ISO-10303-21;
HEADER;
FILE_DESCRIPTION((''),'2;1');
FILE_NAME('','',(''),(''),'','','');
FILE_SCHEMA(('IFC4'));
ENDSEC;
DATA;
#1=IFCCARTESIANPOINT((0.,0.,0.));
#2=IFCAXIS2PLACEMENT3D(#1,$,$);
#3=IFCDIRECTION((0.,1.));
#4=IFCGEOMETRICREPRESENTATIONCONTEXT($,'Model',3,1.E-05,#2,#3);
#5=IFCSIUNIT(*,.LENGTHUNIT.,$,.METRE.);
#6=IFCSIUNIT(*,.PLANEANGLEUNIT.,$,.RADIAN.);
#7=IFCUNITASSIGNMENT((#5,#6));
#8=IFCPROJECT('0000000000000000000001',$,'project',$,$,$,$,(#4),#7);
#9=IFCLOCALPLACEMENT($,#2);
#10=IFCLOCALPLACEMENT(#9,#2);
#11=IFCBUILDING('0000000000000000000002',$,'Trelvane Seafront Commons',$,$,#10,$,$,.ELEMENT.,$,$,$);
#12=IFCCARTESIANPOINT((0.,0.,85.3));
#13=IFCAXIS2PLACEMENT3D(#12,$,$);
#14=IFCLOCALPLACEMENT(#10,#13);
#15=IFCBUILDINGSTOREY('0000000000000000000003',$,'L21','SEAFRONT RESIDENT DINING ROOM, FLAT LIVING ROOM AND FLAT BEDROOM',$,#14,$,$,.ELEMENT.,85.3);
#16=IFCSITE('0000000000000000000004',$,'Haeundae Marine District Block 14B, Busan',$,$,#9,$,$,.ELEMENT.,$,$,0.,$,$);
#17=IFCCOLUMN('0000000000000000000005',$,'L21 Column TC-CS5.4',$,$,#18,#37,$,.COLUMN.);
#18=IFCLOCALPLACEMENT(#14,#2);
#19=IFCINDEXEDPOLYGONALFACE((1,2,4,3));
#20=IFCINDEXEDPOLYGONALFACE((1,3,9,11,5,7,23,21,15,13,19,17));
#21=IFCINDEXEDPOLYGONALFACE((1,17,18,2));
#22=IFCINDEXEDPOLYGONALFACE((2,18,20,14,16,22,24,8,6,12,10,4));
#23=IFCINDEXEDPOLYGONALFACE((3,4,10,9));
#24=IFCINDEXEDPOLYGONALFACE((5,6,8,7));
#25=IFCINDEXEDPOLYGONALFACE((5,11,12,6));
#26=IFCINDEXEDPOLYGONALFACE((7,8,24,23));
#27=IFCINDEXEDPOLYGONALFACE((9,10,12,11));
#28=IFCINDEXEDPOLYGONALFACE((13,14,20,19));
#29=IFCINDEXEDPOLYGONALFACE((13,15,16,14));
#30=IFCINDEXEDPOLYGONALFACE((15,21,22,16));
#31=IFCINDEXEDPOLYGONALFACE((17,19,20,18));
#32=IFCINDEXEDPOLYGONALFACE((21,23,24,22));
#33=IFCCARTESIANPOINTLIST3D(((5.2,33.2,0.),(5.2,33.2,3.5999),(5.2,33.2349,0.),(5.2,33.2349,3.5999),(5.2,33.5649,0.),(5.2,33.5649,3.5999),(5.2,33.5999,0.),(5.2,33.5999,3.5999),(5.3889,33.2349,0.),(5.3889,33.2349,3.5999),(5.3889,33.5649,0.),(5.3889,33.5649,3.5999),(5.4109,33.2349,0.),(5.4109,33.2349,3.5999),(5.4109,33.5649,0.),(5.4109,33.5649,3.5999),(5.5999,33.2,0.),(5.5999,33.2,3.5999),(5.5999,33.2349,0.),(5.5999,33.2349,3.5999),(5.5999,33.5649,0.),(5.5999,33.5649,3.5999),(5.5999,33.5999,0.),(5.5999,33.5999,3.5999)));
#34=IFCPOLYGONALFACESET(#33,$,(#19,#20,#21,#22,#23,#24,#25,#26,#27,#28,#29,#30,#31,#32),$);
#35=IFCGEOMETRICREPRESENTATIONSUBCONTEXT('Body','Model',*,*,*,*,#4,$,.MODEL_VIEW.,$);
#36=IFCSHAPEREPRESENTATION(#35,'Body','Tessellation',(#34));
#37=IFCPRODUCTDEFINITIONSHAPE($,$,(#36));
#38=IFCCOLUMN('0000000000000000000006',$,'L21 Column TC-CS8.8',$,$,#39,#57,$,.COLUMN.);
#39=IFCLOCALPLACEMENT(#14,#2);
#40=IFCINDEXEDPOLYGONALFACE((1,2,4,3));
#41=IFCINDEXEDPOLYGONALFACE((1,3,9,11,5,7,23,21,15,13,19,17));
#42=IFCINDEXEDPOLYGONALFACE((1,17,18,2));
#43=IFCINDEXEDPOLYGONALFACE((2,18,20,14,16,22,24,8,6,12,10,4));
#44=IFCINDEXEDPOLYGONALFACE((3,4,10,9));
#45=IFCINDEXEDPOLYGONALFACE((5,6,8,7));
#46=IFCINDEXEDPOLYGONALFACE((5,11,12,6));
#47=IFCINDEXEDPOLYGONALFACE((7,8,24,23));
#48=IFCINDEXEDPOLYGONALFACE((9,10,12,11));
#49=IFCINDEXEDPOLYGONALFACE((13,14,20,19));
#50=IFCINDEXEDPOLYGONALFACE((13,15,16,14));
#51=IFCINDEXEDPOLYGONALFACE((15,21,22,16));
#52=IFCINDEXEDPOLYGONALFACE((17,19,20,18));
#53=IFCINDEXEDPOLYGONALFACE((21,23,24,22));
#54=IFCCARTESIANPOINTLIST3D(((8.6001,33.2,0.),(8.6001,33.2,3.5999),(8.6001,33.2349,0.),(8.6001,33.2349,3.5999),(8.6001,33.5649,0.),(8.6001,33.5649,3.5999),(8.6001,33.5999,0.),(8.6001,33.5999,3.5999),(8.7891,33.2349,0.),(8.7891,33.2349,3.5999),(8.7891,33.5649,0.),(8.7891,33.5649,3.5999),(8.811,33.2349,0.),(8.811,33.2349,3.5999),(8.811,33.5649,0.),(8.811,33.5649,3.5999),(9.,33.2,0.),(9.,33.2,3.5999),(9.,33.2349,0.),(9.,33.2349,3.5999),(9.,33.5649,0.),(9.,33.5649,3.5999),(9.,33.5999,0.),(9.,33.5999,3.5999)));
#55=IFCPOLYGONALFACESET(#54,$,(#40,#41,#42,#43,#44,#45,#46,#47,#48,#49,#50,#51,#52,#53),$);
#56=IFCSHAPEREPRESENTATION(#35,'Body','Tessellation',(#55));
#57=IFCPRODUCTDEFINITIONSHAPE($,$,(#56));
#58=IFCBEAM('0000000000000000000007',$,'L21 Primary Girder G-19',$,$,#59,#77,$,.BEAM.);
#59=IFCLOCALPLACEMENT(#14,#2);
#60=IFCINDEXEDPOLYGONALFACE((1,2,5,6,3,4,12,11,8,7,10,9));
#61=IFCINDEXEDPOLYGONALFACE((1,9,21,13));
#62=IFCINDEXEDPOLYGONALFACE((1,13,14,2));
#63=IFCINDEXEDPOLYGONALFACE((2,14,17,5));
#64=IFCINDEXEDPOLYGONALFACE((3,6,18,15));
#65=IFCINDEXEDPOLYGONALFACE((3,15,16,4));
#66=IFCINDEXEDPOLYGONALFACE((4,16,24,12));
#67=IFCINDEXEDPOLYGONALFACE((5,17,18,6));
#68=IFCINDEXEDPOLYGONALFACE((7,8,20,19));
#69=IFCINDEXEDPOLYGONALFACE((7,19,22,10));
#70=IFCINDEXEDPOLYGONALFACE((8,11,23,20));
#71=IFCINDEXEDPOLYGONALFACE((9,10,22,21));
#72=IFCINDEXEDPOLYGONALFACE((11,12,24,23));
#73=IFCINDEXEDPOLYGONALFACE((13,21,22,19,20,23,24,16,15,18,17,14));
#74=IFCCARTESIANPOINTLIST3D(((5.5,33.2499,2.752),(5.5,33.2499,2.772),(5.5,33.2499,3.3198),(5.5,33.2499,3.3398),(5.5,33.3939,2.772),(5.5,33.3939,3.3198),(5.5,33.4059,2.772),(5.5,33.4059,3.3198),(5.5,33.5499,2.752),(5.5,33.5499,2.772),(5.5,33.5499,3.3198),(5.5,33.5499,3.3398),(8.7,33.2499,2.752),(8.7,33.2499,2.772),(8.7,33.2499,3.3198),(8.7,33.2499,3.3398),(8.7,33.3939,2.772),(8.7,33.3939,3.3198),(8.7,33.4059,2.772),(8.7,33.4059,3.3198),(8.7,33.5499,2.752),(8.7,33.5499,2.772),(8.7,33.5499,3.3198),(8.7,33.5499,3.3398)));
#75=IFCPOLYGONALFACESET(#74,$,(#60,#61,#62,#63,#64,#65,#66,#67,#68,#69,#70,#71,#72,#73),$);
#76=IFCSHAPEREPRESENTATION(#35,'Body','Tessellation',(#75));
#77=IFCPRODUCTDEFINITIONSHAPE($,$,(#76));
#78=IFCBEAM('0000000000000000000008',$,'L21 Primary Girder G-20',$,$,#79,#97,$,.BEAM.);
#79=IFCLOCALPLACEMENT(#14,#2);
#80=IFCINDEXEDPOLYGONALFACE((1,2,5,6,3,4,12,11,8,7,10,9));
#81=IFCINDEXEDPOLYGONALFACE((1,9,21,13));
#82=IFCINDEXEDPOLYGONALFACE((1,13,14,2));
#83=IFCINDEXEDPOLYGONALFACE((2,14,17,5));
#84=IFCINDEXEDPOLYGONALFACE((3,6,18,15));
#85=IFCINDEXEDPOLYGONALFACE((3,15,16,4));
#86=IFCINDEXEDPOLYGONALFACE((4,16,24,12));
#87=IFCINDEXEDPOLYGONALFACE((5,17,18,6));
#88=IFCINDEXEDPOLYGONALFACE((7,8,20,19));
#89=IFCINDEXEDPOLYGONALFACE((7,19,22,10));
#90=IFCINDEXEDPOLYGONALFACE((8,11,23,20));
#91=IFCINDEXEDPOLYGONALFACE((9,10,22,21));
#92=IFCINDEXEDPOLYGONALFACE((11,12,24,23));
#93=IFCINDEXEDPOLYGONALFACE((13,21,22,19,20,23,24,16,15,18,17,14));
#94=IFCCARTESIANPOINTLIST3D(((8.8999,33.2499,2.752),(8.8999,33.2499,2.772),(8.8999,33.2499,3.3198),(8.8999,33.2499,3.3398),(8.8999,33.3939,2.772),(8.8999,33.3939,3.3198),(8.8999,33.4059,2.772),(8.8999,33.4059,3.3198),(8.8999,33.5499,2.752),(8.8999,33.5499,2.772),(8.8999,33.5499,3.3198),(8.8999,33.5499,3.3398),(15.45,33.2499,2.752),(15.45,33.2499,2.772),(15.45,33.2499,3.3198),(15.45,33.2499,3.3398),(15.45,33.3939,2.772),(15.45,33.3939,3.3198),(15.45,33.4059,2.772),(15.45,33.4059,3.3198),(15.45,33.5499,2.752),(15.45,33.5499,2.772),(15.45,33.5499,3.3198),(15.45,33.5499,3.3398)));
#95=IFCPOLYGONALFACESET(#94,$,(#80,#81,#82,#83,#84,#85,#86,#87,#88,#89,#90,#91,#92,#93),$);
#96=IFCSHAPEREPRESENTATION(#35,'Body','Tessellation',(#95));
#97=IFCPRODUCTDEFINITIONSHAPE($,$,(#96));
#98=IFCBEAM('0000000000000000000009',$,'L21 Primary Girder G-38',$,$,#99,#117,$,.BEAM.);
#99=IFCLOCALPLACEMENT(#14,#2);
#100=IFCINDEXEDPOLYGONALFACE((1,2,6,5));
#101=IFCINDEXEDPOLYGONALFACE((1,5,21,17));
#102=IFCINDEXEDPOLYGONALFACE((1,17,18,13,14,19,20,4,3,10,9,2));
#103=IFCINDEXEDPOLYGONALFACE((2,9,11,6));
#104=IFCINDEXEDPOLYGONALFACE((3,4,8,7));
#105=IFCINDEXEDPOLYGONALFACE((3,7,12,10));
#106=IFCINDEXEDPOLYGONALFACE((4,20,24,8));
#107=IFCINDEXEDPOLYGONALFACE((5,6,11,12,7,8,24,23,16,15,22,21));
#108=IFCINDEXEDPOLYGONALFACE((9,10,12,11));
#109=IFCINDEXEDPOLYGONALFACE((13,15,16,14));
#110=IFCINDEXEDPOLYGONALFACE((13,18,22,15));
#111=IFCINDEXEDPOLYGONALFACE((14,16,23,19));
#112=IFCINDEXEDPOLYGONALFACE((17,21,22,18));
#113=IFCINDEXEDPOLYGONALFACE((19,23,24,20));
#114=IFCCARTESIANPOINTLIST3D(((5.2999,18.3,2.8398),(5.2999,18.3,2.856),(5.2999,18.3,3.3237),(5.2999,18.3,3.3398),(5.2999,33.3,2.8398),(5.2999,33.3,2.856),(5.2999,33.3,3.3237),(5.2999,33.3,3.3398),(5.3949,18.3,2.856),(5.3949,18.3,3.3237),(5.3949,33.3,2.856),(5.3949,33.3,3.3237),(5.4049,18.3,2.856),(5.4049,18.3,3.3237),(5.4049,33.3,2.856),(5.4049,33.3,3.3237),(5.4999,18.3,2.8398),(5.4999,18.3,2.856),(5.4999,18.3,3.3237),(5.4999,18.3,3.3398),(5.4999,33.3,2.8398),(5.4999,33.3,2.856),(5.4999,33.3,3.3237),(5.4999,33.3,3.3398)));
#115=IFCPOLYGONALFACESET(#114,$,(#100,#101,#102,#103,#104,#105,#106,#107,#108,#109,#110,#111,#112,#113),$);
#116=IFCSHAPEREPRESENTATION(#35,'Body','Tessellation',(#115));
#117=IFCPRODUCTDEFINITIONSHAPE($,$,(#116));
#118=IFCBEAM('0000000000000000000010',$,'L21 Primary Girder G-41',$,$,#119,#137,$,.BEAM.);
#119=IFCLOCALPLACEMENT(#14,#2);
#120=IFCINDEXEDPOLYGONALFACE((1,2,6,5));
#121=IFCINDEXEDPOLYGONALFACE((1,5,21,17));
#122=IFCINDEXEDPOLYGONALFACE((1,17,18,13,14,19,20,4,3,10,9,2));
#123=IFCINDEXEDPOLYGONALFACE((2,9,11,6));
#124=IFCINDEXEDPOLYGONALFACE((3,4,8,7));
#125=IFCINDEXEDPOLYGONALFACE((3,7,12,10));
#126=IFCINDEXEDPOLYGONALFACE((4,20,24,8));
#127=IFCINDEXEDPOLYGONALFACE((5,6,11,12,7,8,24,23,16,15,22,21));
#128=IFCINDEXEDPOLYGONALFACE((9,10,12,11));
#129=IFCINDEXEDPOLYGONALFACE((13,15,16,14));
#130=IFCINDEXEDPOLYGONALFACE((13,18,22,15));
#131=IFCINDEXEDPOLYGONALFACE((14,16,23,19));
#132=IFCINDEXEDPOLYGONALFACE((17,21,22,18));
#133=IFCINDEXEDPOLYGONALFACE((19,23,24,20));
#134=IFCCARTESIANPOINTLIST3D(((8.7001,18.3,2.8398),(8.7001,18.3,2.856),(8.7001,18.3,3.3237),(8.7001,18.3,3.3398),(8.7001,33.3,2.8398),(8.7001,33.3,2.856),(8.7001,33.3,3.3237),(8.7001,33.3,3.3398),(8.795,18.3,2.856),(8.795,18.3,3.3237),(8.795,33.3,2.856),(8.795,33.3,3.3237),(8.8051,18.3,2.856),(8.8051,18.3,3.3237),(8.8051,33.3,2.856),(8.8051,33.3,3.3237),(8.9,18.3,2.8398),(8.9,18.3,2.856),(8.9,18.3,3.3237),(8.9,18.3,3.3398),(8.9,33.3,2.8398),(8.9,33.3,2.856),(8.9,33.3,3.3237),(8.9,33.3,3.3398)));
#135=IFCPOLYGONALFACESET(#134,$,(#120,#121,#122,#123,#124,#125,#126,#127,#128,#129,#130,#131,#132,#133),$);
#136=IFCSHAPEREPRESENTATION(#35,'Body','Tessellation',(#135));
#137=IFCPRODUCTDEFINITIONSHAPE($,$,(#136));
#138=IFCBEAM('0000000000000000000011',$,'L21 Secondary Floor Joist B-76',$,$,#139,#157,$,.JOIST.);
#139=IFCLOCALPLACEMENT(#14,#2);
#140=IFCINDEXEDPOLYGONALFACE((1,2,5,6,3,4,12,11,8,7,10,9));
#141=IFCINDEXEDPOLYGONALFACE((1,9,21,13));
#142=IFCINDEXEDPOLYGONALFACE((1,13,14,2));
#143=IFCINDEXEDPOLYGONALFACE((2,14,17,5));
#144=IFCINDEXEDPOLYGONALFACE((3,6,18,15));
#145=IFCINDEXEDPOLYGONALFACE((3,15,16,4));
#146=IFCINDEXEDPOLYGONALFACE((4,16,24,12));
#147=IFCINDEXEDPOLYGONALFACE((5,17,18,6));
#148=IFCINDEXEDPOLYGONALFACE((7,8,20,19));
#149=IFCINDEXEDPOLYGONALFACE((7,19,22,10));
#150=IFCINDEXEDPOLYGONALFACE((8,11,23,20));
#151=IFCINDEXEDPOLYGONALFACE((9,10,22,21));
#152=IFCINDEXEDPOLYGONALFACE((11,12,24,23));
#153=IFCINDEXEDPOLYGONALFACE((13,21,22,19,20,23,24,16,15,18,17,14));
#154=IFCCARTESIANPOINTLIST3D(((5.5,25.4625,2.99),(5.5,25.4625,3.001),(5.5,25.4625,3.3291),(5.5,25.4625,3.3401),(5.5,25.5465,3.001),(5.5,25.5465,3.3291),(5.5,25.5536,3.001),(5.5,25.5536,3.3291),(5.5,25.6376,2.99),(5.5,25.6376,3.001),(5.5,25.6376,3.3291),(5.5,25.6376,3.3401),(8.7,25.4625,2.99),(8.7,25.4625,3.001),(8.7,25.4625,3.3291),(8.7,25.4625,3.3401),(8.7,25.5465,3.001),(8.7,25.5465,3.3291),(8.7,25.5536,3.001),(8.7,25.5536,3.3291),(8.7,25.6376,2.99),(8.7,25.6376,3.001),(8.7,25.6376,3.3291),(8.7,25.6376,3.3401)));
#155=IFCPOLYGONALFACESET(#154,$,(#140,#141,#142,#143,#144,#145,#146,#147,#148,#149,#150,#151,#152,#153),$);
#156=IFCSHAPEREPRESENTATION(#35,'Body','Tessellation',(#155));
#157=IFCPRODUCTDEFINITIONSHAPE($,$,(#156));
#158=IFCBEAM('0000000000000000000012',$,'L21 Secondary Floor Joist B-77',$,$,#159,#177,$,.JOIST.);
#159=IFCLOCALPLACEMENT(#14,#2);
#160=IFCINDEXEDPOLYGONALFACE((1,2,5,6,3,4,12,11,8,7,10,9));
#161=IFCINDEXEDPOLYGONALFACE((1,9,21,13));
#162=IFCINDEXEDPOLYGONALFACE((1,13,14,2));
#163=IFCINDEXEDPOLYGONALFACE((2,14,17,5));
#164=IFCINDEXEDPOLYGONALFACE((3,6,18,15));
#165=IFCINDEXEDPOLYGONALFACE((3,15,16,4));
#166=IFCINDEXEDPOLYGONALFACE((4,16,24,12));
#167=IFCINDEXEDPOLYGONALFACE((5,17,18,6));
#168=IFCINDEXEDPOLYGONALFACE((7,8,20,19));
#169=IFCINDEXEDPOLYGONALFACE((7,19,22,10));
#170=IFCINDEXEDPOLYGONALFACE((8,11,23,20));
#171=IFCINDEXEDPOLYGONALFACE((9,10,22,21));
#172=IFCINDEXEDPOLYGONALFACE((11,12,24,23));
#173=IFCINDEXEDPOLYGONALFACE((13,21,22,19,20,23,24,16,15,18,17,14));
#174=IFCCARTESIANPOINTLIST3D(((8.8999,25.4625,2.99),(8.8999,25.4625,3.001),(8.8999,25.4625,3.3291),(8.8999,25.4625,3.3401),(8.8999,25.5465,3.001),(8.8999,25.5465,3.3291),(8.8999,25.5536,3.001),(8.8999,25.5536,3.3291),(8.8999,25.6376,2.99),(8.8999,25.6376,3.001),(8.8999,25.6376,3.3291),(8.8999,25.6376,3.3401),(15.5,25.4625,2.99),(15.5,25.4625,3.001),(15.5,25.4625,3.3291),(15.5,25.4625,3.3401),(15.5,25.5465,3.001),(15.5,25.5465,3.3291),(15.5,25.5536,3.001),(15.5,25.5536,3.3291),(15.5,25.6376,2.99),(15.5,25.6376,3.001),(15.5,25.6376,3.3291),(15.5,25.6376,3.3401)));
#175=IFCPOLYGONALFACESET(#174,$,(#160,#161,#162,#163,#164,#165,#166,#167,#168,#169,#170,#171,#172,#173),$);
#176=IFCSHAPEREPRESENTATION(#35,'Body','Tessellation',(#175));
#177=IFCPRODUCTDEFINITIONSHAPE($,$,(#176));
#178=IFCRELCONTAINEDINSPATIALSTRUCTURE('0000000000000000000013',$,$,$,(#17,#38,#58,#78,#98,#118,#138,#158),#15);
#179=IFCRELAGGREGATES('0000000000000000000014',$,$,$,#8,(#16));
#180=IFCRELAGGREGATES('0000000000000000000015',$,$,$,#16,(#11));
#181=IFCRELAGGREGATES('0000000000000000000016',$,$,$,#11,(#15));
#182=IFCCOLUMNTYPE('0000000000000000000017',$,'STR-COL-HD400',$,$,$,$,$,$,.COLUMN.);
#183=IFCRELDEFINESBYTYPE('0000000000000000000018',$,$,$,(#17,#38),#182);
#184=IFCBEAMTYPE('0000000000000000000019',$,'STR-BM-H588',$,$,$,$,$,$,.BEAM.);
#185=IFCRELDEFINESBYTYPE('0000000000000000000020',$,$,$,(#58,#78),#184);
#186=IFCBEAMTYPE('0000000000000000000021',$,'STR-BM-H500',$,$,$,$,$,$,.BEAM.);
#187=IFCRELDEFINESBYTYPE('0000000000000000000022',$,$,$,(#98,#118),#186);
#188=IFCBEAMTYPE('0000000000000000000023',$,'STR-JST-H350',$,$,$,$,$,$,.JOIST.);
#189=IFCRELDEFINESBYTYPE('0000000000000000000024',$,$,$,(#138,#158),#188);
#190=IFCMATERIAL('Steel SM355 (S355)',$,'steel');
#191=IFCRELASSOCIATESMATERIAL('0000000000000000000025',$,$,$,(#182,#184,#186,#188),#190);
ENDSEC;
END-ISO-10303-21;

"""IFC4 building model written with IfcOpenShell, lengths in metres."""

from ifc_helpers import new_model, si_unit, direction, frame, origin, origin_2d, place, context, subcontext, project, spatial, i_section, extrude, source, transform, mapped, material, material_profile, profile_set, type_object, element, save


model = new_model("IFC4")

# Units and contexts
model_context = context("Model", 3, precision=1e-05, world=origin(), true_north=direction((0.0, 1.0)))
body_context = subcontext(model_context, "Body", "Model", "MODEL_VIEW")
ifc_project = project(units=[si_unit("LENGTHUNIT", "METRE"), si_unit("PLANEANGLEUNIT", "RADIAN")], contexts=[model_context])

# Site, building, storey
site_placement = place(None, origin())
site = spatial("IfcSite", under=ifc_project, at=site_placement, Name="Haeundae Marine District Block 14B, Busan", CompositionType="ELEMENT", RefElevation=0.0)
building_placement = place(site_placement, origin())
building = spatial("IfcBuilding", under=site, at=building_placement, Name="Trelvane Seafront Commons", CompositionType="ELEMENT")
storey_placement = place(building_placement, frame((0.0, 0.0, 85.3)))
storey = spatial("IfcBuildingStorey", under=building, at=storey_placement, Name="L21", Description="SEAFRONT RESIDENT DINING ROOM, FLAT LIVING ROOM AND FLAT BEDROOM", CompositionType="ELEMENT", Elevation=85.3)

# Columns
ifc_material_1 = material(Name="Steel SM355 (S355)", Category="steel")
ifc_material_profile_1 = material_profile(ifc_material_1, i_section(OverallWidth=0.3999, OverallDepth=0.3999, WebThickness=0.022, FlangeThickness=0.0349, at=origin_2d()), Name="HD-400x400x22x35")
ifc_profile_set_1 = profile_set([ifc_material_profile_1], Name="Steel SM355 (S355)")
column_type = type_object("IfcColumnType", Name="STR-COL-HD400", PredefinedType="COLUMN", material=ifc_profile_set_1)
shared_shape_1 = source(origin(), body_context, "Body", "SweptSolid", [
    extrude(i_section(OverallWidth=0.3999, OverallDepth=0.3999, WebThickness=0.022, FlangeThickness=0.0349, at=origin_2d()), origin(), (0.0, 0.0, 1.0), 3.5999),
])
for number, where, z_axis, x_axis, name in (
    (1, (5.3999, 33.3999, 0.0), (0.0, 0.0, 1.0), (1.0, 0.0, 0.0), "L21 Column TC-CS5.4"),
    (2, (8.8, 33.3999, 0.0), (0.0, 0.0, 1.0), (1.0, 0.0, 0.0), "L21 Column TC-CS8.8"),
):
    element("IfcColumn", number, at=place(storey_placement, frame(where, z_axis=z_axis, x_axis=x_axis)), inside=storey, type_object=column_type, Name=name, PredefinedType="COLUMN", context=body_context, shape_type="MappedRepresentation", body=[
        mapped(shared_shape_1, transform((0.0, 0.0, 0.0), x_axis=(1.0, 0.0, 0.0), y_axis=(0.0, 1.0, 0.0), z_axis=(0.0, 0.0, 1.0), scale=1.0)),
    ])

# Beams
ifc_material_profile_2 = material_profile(ifc_material_1, i_section(OverallWidth=0.3, OverallDepth=0.5879, WebThickness=0.012, FlangeThickness=0.02, at=origin_2d()), Name="H-588x300x12x20")
ifc_profile_set_2 = profile_set([ifc_material_profile_2], Name="Steel SM355 (S355)")
beam_type_1 = type_object("IfcBeamType", Name="STR-BM-H588", PredefinedType="BEAM", material=ifc_profile_set_2)
shared_shape_2 = source(origin(), body_context, "Body", "SweptSolid", [
    extrude(i_section(OverallWidth=0.3, OverallDepth=0.5879, WebThickness=0.012, FlangeThickness=0.02, at=origin_2d()), origin(), (0.0, 0.0, 1.0), 3.2),
])
beam_1_placement = place(storey_placement, frame((5.5, 33.3999, 3.0459), z_axis=(1.0, 0.0, 0.0), x_axis=(0.0, 1.0, 0.0)))
element("IfcBeam", 3, at=beam_1_placement, inside=storey, type_object=beam_type_1, Name="L21 Primary Girder G-19", PredefinedType="BEAM", context=body_context, shape_type="MappedRepresentation", body=[
    mapped(shared_shape_2, transform((0.0, 0.0, 0.0), x_axis=(1.0, 0.0, 0.0), y_axis=(0.0, 1.0, 0.0), z_axis=(0.0, 0.0, 1.0), scale=1.0)),
])
shared_shape_3 = source(origin(), body_context, "Body", "SweptSolid", [
    extrude(i_section(OverallWidth=0.3, OverallDepth=0.5879, WebThickness=0.012, FlangeThickness=0.02, at=origin_2d()), origin(), (0.0, 0.0, 1.0), 6.55),
])
beam_2_placement = place(storey_placement, frame((8.8999, 33.3999, 3.0459), z_axis=(1.0, 0.0, 0.0), x_axis=(0.0, 1.0, 0.0)))
element("IfcBeam", 4, at=beam_2_placement, inside=storey, type_object=beam_type_1, Name="L21 Primary Girder G-20", PredefinedType="BEAM", context=body_context, shape_type="MappedRepresentation", body=[
    mapped(shared_shape_3, transform((0.0, 0.0, 0.0), x_axis=(1.0, 0.0, 0.0), y_axis=(0.0, 1.0, 0.0), z_axis=(0.0, 0.0, 1.0), scale=1.0)),
])
ifc_material_profile_3 = material_profile(ifc_material_1, i_section(OverallWidth=0.2, OverallDepth=0.5, WebThickness=0.01, FlangeThickness=0.0161, at=origin_2d()), Name="H-500x200x10x16")
ifc_profile_set_3 = profile_set([ifc_material_profile_3], Name="Steel SM355 (S355)")
beam_type_2 = type_object("IfcBeamType", Name="STR-BM-H500", PredefinedType="BEAM", material=ifc_profile_set_3)
shared_shape_4 = source(origin(), body_context, "Body", "SweptSolid", [
    extrude(i_section(OverallWidth=0.2, OverallDepth=0.5, WebThickness=0.01, FlangeThickness=0.0161, at=origin_2d()), origin(), (0.0, 0.0, 1.0), 15.0),
])
for number, where, z_axis, x_axis, name in (
    (5, (5.3999, 18.3, 3.0898), (0.0, 1.0, 0.0), (-1.0, 0.0, 0.0), "L21 Primary Girder G-38"),
    (6, (8.8, 18.3, 3.0898), (0.0, 1.0, 0.0), (-1.0, 0.0, 0.0), "L21 Primary Girder G-41"),
):
    element("IfcBeam", number, at=place(storey_placement, frame(where, z_axis=z_axis, x_axis=x_axis)), inside=storey, type_object=beam_type_2, Name=name, PredefinedType="BEAM", context=body_context, shape_type="MappedRepresentation", body=[
        mapped(shared_shape_4, transform((0.0, 0.0, 0.0), x_axis=(1.0, 0.0, 0.0), y_axis=(0.0, 1.0, 0.0), z_axis=(0.0, 0.0, 1.0), scale=1.0)),
    ])
ifc_material_profile_4 = material_profile(ifc_material_1, i_section(OverallWidth=0.175, OverallDepth=0.3501, WebThickness=0.0071, FlangeThickness=0.011, at=origin_2d()), Name="H-350x175x7x11")
ifc_profile_set_4 = profile_set([ifc_material_profile_4], Name="Steel SM355 (S355)")
beam_type_3 = type_object("IfcBeamType", Name="STR-JST-H350", PredefinedType="JOIST", material=ifc_profile_set_4)
shared_shape_5 = source(origin(), body_context, "Body", "SweptSolid", [
    extrude(i_section(OverallWidth=0.175, OverallDepth=0.3501, WebThickness=0.0071, FlangeThickness=0.011, at=origin_2d()), origin(), (0.0, 0.0, 1.0), 3.2),
])
beam_3_placement = place(storey_placement, frame((5.5, 25.55, 3.165), z_axis=(1.0, 0.0, 0.0), x_axis=(0.0, 1.0, 0.0)))
element("IfcBeam", 7, at=beam_3_placement, inside=storey, type_object=beam_type_3, Name="L21 Secondary Floor Joist B-76", PredefinedType="JOIST", context=body_context, shape_type="MappedRepresentation", body=[
    mapped(shared_shape_5, transform((0.0, 0.0, 0.0), x_axis=(1.0, 0.0, 0.0), y_axis=(0.0, 1.0, 0.0), z_axis=(0.0, 0.0, 1.0), scale=1.0)),
])
shared_shape_6 = source(origin(), body_context, "Body", "SweptSolid", [
    extrude(i_section(OverallWidth=0.175, OverallDepth=0.3501, WebThickness=0.0071, FlangeThickness=0.011, at=origin_2d()), origin(), (0.0, 0.0, 1.0), 6.6001),
])
beam_4_placement = place(storey_placement, frame((8.8999, 25.55, 3.165), z_axis=(1.0, 0.0, 0.0), x_axis=(0.0, 1.0, 0.0)))
element("IfcBeam", 8, at=beam_4_placement, inside=storey, type_object=beam_type_3, Name="L21 Secondary Floor Joist B-77", PredefinedType="JOIST", context=body_context, shape_type="MappedRepresentation", body=[
    mapped(shared_shape_6, transform((0.0, 0.0, 0.0), x_axis=(1.0, 0.0, 0.0), y_axis=(0.0, 1.0, 0.0), z_axis=(0.0, 0.0, 1.0), scale=1.0)),
])

save(model, "model.ifc")
